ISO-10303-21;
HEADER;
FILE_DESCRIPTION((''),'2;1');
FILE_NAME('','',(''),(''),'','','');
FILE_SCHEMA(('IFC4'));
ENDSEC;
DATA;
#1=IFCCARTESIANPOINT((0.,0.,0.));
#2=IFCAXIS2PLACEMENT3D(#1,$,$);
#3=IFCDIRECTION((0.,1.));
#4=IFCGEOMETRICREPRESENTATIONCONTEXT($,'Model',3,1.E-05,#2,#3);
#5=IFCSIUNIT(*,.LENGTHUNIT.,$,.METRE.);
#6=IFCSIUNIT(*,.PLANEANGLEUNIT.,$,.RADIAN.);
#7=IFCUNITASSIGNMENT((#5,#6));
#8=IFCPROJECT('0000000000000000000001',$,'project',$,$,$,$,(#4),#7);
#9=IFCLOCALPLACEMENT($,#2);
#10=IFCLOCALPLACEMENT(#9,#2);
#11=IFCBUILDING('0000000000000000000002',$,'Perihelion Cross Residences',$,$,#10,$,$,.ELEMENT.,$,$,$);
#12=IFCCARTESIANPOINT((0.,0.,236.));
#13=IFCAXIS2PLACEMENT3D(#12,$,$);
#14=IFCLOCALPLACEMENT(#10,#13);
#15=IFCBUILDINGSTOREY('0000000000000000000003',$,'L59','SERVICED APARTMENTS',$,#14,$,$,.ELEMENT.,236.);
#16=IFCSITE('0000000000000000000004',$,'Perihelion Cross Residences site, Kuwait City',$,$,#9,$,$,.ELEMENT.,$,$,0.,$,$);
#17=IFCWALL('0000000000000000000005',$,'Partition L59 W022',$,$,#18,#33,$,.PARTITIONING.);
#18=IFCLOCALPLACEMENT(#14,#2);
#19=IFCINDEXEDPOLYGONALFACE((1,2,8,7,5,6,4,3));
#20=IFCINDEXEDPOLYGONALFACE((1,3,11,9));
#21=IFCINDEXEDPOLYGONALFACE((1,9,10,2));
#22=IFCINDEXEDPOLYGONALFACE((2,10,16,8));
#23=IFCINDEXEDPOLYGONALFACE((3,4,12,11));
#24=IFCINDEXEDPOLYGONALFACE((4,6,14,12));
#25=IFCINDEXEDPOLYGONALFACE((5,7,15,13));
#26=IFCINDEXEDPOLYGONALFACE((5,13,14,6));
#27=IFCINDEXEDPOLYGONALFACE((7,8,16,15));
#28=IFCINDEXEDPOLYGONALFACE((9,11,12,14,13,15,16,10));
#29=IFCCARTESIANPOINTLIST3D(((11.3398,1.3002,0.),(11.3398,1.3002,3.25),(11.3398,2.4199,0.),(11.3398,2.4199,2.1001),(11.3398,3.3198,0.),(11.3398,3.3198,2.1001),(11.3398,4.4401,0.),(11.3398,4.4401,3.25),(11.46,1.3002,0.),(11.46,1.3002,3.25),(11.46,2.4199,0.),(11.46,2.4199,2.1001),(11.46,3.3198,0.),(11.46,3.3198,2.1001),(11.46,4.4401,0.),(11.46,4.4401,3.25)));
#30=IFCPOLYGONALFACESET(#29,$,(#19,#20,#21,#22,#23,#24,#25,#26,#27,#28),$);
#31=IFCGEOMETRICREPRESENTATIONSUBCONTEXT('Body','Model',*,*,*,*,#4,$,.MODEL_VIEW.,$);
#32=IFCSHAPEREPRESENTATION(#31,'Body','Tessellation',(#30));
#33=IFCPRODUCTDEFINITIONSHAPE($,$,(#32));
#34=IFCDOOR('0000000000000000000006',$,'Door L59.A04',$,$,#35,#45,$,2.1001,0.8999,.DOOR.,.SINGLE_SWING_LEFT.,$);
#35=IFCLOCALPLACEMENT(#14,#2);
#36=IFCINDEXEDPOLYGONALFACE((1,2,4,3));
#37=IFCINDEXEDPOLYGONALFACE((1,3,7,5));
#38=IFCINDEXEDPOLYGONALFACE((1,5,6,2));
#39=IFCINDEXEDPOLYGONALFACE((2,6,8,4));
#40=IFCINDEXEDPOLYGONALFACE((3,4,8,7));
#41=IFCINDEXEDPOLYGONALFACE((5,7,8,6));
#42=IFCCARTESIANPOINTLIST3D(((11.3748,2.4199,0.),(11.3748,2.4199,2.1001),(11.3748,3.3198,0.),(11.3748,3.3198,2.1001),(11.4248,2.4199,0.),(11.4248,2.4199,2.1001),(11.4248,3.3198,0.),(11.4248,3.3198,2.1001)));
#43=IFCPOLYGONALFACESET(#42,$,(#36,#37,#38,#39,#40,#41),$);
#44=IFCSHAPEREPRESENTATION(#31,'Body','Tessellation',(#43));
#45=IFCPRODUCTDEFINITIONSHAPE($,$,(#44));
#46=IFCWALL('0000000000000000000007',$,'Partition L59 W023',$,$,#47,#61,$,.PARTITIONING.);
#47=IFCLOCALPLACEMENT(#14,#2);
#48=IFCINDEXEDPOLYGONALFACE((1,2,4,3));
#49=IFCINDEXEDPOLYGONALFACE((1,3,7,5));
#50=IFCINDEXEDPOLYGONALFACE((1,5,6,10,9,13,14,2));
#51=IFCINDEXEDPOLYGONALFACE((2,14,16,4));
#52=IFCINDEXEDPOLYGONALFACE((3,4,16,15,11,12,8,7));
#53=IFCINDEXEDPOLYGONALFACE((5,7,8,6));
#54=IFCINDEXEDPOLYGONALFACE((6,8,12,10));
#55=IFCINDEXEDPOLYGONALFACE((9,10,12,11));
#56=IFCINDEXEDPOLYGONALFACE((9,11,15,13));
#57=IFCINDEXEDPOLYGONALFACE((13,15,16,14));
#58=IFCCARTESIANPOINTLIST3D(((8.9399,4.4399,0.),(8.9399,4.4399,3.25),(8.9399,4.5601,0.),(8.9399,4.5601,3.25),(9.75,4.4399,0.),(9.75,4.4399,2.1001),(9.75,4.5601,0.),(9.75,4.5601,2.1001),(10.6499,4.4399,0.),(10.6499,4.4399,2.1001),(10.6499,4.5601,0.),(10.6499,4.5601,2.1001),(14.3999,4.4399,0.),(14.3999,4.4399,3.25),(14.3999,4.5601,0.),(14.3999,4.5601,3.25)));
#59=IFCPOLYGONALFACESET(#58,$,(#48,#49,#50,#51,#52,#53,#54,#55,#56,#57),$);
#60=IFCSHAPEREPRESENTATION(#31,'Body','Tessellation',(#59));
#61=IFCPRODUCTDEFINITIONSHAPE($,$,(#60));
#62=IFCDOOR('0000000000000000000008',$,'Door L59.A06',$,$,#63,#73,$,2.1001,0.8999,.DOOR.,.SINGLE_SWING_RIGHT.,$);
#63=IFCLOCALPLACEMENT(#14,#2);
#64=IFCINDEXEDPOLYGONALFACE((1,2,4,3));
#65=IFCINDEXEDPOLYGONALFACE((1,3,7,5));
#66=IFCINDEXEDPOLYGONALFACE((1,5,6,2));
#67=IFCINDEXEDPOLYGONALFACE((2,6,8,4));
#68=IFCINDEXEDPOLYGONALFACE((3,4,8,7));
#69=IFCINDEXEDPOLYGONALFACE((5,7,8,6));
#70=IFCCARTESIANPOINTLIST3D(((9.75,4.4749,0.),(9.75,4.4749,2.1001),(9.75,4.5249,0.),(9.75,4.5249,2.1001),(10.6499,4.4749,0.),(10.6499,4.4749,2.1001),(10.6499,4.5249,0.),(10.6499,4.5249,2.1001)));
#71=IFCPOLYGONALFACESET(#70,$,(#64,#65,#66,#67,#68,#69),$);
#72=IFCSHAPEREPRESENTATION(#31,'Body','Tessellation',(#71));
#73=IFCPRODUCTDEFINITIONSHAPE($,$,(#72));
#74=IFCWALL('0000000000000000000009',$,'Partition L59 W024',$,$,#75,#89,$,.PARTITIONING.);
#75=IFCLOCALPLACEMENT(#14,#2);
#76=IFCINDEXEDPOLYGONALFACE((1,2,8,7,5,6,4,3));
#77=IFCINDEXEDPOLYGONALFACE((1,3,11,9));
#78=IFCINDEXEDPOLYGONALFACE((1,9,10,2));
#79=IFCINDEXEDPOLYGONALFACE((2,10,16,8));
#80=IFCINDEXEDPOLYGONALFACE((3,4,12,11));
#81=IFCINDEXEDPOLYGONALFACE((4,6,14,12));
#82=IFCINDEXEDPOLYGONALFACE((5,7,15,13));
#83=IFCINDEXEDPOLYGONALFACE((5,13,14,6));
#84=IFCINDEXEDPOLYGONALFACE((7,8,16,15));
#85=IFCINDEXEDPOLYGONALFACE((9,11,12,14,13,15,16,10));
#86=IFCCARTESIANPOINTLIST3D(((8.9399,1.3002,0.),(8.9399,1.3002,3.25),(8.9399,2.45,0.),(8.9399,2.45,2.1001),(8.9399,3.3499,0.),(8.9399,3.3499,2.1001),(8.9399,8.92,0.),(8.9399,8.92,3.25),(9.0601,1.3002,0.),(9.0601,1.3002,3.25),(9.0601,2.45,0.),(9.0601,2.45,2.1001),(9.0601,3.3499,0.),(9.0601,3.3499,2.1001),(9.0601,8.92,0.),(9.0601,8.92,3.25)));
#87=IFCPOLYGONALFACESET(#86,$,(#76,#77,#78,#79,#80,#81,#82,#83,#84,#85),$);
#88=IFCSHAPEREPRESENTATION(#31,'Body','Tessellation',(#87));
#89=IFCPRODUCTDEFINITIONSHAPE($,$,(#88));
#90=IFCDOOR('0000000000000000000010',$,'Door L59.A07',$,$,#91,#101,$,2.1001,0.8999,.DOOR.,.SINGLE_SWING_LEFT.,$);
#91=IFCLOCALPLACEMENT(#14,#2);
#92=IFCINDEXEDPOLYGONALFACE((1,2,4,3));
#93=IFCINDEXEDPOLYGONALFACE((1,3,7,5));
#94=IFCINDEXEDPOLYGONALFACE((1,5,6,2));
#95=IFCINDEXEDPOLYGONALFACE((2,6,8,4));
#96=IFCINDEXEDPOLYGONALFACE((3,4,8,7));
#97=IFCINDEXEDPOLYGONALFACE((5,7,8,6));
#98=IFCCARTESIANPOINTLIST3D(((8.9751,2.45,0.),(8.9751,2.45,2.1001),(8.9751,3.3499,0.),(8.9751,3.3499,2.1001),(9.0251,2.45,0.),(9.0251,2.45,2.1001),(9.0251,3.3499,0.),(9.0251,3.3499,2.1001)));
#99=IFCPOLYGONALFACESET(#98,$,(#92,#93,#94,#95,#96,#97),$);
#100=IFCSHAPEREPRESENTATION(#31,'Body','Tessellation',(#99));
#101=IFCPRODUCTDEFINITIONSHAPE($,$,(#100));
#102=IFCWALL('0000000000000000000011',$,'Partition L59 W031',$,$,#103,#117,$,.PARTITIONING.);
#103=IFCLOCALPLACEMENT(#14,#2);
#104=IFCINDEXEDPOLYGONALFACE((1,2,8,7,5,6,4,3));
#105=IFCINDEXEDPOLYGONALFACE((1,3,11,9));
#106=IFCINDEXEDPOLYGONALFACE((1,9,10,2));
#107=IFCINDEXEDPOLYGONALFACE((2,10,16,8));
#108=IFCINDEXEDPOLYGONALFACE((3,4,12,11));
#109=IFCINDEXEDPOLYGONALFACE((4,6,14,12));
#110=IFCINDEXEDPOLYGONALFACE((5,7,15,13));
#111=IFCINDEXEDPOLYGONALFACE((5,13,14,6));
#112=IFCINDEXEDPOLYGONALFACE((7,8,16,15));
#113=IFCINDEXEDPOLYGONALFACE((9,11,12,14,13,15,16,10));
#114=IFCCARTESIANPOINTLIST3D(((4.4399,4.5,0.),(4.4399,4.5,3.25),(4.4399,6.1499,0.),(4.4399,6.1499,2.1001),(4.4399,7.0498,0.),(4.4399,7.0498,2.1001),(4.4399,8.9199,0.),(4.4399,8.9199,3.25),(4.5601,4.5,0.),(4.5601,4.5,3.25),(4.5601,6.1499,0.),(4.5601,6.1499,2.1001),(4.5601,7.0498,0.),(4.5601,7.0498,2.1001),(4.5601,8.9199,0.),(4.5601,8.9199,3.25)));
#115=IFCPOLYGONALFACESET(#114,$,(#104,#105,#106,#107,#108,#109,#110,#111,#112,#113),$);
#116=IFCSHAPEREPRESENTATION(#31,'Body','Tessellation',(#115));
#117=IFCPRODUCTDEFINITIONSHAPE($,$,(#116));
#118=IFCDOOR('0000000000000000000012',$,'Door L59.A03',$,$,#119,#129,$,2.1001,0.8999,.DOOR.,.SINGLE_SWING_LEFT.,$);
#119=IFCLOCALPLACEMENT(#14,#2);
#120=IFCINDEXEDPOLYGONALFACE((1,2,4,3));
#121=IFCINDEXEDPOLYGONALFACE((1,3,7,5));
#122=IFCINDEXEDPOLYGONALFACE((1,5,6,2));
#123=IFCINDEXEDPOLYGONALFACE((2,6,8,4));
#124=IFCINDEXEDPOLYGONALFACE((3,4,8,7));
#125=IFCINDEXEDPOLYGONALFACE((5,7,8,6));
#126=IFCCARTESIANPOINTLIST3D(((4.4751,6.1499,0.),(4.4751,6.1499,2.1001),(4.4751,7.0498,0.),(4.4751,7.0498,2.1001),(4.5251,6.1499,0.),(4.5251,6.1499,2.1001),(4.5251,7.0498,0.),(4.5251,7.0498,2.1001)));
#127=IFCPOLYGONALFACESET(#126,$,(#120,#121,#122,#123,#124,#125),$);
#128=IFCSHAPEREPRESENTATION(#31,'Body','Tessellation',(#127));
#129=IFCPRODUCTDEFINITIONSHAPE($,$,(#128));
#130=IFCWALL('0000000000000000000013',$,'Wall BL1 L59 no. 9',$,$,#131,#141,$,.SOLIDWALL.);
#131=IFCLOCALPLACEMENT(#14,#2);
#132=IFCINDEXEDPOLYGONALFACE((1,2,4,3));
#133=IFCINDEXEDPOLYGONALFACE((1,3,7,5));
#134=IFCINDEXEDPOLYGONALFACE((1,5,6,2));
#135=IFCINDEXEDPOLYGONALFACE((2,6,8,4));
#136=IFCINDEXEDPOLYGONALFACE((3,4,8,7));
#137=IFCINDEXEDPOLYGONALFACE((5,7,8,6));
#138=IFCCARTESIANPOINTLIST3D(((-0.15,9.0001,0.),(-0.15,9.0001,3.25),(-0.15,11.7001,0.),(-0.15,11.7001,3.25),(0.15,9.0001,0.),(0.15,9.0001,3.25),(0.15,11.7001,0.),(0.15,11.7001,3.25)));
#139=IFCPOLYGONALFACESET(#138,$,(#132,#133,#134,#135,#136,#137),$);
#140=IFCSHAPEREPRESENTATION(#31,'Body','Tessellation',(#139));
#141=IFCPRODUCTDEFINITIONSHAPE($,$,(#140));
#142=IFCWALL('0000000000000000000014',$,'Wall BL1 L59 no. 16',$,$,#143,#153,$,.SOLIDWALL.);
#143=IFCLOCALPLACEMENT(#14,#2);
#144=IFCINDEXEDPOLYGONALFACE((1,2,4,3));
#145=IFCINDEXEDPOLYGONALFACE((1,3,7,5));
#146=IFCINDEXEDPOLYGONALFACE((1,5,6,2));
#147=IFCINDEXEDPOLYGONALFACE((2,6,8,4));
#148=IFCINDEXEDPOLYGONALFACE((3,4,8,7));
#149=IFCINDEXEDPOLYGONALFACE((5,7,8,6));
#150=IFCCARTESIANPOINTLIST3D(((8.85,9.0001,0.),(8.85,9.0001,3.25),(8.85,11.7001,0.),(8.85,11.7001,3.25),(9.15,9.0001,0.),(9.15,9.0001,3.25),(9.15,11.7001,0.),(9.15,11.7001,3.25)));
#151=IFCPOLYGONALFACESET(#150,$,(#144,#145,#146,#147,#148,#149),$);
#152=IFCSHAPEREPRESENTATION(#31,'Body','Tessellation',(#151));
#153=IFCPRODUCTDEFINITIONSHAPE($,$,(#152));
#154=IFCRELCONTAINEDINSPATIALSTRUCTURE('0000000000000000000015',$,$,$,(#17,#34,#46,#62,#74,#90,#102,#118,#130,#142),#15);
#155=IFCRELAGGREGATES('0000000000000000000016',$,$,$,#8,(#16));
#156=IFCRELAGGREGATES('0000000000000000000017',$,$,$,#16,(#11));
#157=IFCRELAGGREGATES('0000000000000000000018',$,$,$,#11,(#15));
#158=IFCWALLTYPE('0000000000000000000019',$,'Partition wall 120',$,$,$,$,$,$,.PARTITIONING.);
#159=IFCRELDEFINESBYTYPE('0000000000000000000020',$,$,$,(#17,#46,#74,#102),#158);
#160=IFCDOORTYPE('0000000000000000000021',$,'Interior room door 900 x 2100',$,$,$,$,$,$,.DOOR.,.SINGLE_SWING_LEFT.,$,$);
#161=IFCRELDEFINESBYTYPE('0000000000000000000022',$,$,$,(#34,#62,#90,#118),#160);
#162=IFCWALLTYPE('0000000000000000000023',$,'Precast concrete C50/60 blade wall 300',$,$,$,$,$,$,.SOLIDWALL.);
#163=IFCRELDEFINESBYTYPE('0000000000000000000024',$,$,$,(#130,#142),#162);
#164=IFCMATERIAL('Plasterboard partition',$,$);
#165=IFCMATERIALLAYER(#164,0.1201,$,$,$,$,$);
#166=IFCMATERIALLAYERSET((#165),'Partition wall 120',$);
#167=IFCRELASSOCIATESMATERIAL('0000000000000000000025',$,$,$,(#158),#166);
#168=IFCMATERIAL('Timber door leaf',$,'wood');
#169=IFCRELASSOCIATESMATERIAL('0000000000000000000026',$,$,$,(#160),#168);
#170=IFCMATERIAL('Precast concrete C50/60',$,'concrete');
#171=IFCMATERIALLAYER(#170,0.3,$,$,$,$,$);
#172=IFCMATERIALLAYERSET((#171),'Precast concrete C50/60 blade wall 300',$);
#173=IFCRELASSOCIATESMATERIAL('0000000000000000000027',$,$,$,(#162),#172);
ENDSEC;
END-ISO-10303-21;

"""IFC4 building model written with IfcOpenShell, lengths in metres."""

from ifc_helpers import new_model, si_unit, direction, frame, frame_2d, origin, place, context, subcontext, project, spatial, rectangle, extrude, material, layer, layer_set, type_object, element, fill, save


model = new_model("IFC4")

# Units and contexts
model_context = context("Model", 3, precision=1e-05, world=origin(), true_north=direction((0.0, 1.0)))
body_context = subcontext(model_context, "Body", "Model", "MODEL_VIEW")
ifc_project = project(units=[si_unit("LENGTHUNIT", "METRE"), si_unit("PLANEANGLEUNIT", "RADIAN")], contexts=[model_context])

# Site, building, storey
site_placement = place(None, origin())
site = spatial("IfcSite", under=ifc_project, at=site_placement, Name="Perihelion Cross Residences site, Kuwait City", CompositionType="ELEMENT", RefElevation=0.0)
building_placement = place(site_placement, origin())
building = spatial("IfcBuilding", under=site, at=building_placement, Name="Perihelion Cross Residences", CompositionType="ELEMENT")
storey_placement = place(building_placement, frame((0.0, 0.0, 236.0)))
storey = spatial("IfcBuildingStorey", under=building, at=storey_placement, Name="L59", Description="SERVICED APARTMENTS", CompositionType="ELEMENT", Elevation=236.0)

# Walls, openings, doors
ifc_material_1 = material(Name="Plasterboard partition")
ifc_layer_1 = layer(ifc_material_1, 0.1201)
ifc_layer_set_1 = layer_set([ifc_layer_1], Name="Partition wall 120")
wall_type_1 = type_object("IfcWallType", Name="Partition wall 120", PredefinedType="PARTITIONING", material=ifc_layer_set_1)
wall_1_placement = place(storey_placement, frame((11.3999, 4.4399, 0.0), z_axis=(0.0, 0.0, 1.0), x_axis=(0.0, -1.0, 0.0)))
wall_1 = element("IfcWall", 1, at=wall_1_placement, inside=storey, type_object=wall_type_1, Name="Partition L59 W022", PredefinedType="PARTITIONING", context=body_context, shape_type="SweptSolid", body=[
    extrude(rectangle(XDim=3.1399, YDim=0.1201, at=frame_2d((1.5698, 0.0))), origin(), (0.0, 0.0, 1.0), 3.25),
])
opening_1_placement = place(wall_1_placement, frame((1.1201, 0.0, 0.0)))
opening_1 = element("IfcOpeningElement", 2, at=opening_1_placement, cuts=wall_1, PredefinedType="OPENING", context=body_context, shape_type="SweptSolid", body=[
    extrude(rectangle(XDim=0.8999, YDim=2.1001, at=frame_2d((0.45, 1.05))), frame((0.0, 0.0701, 0.0), z_axis=(0.0, -1.0, 0.0), x_axis=(1.0, 0.0, 0.0)), (0.0, 0.0, 1.0), 0.1401),
])
ifc_material_2 = material(Name="Timber door leaf", Category="wood")
door_type_1 = type_object("IfcDoorType", Name="Interior room door 900 x 2100", OperationType="SINGLE_SWING_LEFT", PredefinedType="DOOR", material=ifc_material_2)
door_1_placement = place(opening_1_placement, origin())
door_1 = element("IfcDoor", 3, at=door_1_placement, inside=storey, type_object=door_type_1, Name="Door L59.A04", OperationType="SINGLE_SWING_LEFT", OverallHeight=2.1001, OverallWidth=0.8999, PredefinedType="DOOR", context=body_context, shape_type="SweptSolid", body=[
    extrude(rectangle(XDim=0.8999, YDim=2.1001, at=frame_2d((0.45, 1.05))), frame((0.0, 0.0249, 0.0), z_axis=(0.0, -1.0, 0.0), x_axis=(1.0, 0.0, 0.0)), (0.0, 0.0, 1.0), 0.05),
])
fill(opening_1, door_1)
wall_2_placement = place(storey_placement, frame((8.9399, 4.5, 0.0), z_axis=(0.0, 0.0, 1.0), x_axis=(1.0, 0.0, 0.0)))
wall_2 = element("IfcWall", 4, at=wall_2_placement, inside=storey, type_object=wall_type_1, Name="Partition L59 W023", PredefinedType="PARTITIONING", context=body_context, shape_type="SweptSolid", body=[
    extrude(rectangle(XDim=5.46, YDim=0.1201, at=frame_2d((2.73, 0.0))), origin(), (0.0, 0.0, 1.0), 3.25),
])
opening_2_placement = place(wall_2_placement, frame((0.8101, 0.0, 0.0)))
opening_2 = element("IfcOpeningElement", 5, at=opening_2_placement, cuts=wall_2, PredefinedType="OPENING", context=body_context, shape_type="SweptSolid", body=[
    extrude(rectangle(XDim=0.8999, YDim=2.1001, at=frame_2d((0.45, 1.05))), frame((0.0, 0.0701, 0.0), z_axis=(0.0, -1.0, 0.0), x_axis=(1.0, 0.0, 0.0)), (0.0, 0.0, 1.0), 0.1401),
])
door_2_placement = place(opening_2_placement, origin())
door_2 = element("IfcDoor", 6, at=door_2_placement, inside=storey, type_object=door_type_1, Name="Door L59.A06", OperationType="SINGLE_SWING_RIGHT", OverallHeight=2.1001, OverallWidth=0.8999, PredefinedType="DOOR", context=body_context, shape_type="SweptSolid", body=[
    extrude(rectangle(XDim=0.8999, YDim=2.1001, at=frame_2d((0.45, 1.05))), frame((0.0, 0.0249, 0.0), z_axis=(0.0, -1.0, 0.0), x_axis=(1.0, 0.0, 0.0)), (0.0, 0.0, 1.0), 0.05),
])
fill(opening_2, door_2)
wall_3_placement = place(storey_placement, frame((9.0, 1.3, 0.0), z_axis=(0.0, 0.0, 1.0), x_axis=(0.0, 1.0, 0.0)))
wall_3 = element("IfcWall", 7, at=wall_3_placement, inside=storey, type_object=wall_type_1, Name="Partition L59 W024", PredefinedType="PARTITIONING", context=body_context, shape_type="SweptSolid", body=[
    extrude(rectangle(XDim=7.6199, YDim=0.1201, at=frame_2d((3.8101, 0.0))), origin(), (0.0, 0.0, 1.0), 3.25),
])
opening_3_placement = place(wall_3_placement, frame((1.1499, 0.0, 0.0)))
opening_3 = element("IfcOpeningElement", 8, at=opening_3_placement, cuts=wall_3, PredefinedType="OPENING", context=body_context, shape_type="SweptSolid", body=[
    extrude(rectangle(XDim=0.8999, YDim=2.1001, at=frame_2d((0.45, 1.05))), frame((0.0, 0.0701, 0.0), z_axis=(0.0, -1.0, 0.0), x_axis=(1.0, 0.0, 0.0)), (0.0, 0.0, 1.0), 0.1401),
])
door_3_placement = place(opening_3_placement, origin())
door_3 = element("IfcDoor", 9, at=door_3_placement, inside=storey, type_object=door_type_1, Name="Door L59.A07", OperationType="SINGLE_SWING_LEFT", OverallHeight=2.1001, OverallWidth=0.8999, PredefinedType="DOOR", context=body_context, shape_type="SweptSolid", body=[
    extrude(rectangle(XDim=0.8999, YDim=2.1001, at=frame_2d((0.45, 1.05))), frame((0.0, 0.0249, 0.0), z_axis=(0.0, -1.0, 0.0), x_axis=(1.0, 0.0, 0.0)), (0.0, 0.0, 1.0), 0.05),
])
fill(opening_3, door_3)
wall_4_placement = place(storey_placement, frame((4.5, 4.5, 0.0), z_axis=(0.0, 0.0, 1.0), x_axis=(0.0, 1.0, 0.0)))
wall_4 = element("IfcWall", 10, at=wall_4_placement, inside=storey, type_object=wall_type_1, Name="Partition L59 W031", PredefinedType="PARTITIONING", context=body_context, shape_type="SweptSolid", body=[
    extrude(rectangle(XDim=4.4199, YDim=0.1201, at=frame_2d((2.21, 0.0))), origin(), (0.0, 0.0, 1.0), 3.25),
])
opening_4_placement = place(wall_4_placement, frame((1.6499, 0.0, 0.0)))
opening_4 = element("IfcOpeningElement", 11, at=opening_4_placement, cuts=wall_4, PredefinedType="OPENING", context=body_context, shape_type="SweptSolid", body=[
    extrude(rectangle(XDim=0.8999, YDim=2.1001, at=frame_2d((0.45, 1.05))), frame((0.0, 0.0701, 0.0), z_axis=(0.0, -1.0, 0.0), x_axis=(1.0, 0.0, 0.0)), (0.0, 0.0, 1.0), 0.1401),
])
door_4_placement = place(opening_4_placement, origin())
door_4 = element("IfcDoor", 12, at=door_4_placement, inside=storey, type_object=door_type_1, Name="Door L59.A03", OperationType="SINGLE_SWING_LEFT", OverallHeight=2.1001, OverallWidth=0.8999, PredefinedType="DOOR", context=body_context, shape_type="SweptSolid", body=[
    extrude(rectangle(XDim=0.8999, YDim=2.1001, at=frame_2d((0.45, 1.05))), frame((0.0, 0.0249, 0.0), z_axis=(0.0, -1.0, 0.0), x_axis=(1.0, 0.0, 0.0)), (0.0, 0.0, 1.0), 0.05),
])
fill(opening_4, door_4)

# Walls
ifc_material_3 = material(Name="Precast concrete C50/60", Category="concrete")
ifc_layer_2 = layer(ifc_material_3, 0.3)
ifc_layer_set_2 = layer_set([ifc_layer_2], Name="Precast concrete C50/60 blade wall 300")
wall_type_2 = type_object("IfcWallType", Name="Precast concrete C50/60 blade wall 300", PredefinedType="SOLIDWALL", material=ifc_layer_set_2)
for number, where, z_axis, x_axis, name in (
    (13, (0.0, 9.0, 0.0), (0.0, 0.0, 1.0), (0.0, 1.0, 0.0), "Wall BL1 L59 no. 9"),
    (14, (9.0, 9.0, 0.0), (0.0, 0.0, 1.0), (0.0, 1.0, 0.0), "Wall BL1 L59 no. 16"),
):
    element("IfcWall", number, at=place(storey_placement, frame(where, z_axis=z_axis, x_axis=x_axis)), inside=storey, type_object=wall_type_2, Name=name, PredefinedType="SOLIDWALL", context=body_context, shape_type="SweptSolid", body=[
        extrude(rectangle(XDim=2.7, YDim=0.3, at=frame_2d((1.3501, 0.0))), origin(), (0.0, 0.0, 1.0), 3.25),
    ])

save(model, "model.ifc")
